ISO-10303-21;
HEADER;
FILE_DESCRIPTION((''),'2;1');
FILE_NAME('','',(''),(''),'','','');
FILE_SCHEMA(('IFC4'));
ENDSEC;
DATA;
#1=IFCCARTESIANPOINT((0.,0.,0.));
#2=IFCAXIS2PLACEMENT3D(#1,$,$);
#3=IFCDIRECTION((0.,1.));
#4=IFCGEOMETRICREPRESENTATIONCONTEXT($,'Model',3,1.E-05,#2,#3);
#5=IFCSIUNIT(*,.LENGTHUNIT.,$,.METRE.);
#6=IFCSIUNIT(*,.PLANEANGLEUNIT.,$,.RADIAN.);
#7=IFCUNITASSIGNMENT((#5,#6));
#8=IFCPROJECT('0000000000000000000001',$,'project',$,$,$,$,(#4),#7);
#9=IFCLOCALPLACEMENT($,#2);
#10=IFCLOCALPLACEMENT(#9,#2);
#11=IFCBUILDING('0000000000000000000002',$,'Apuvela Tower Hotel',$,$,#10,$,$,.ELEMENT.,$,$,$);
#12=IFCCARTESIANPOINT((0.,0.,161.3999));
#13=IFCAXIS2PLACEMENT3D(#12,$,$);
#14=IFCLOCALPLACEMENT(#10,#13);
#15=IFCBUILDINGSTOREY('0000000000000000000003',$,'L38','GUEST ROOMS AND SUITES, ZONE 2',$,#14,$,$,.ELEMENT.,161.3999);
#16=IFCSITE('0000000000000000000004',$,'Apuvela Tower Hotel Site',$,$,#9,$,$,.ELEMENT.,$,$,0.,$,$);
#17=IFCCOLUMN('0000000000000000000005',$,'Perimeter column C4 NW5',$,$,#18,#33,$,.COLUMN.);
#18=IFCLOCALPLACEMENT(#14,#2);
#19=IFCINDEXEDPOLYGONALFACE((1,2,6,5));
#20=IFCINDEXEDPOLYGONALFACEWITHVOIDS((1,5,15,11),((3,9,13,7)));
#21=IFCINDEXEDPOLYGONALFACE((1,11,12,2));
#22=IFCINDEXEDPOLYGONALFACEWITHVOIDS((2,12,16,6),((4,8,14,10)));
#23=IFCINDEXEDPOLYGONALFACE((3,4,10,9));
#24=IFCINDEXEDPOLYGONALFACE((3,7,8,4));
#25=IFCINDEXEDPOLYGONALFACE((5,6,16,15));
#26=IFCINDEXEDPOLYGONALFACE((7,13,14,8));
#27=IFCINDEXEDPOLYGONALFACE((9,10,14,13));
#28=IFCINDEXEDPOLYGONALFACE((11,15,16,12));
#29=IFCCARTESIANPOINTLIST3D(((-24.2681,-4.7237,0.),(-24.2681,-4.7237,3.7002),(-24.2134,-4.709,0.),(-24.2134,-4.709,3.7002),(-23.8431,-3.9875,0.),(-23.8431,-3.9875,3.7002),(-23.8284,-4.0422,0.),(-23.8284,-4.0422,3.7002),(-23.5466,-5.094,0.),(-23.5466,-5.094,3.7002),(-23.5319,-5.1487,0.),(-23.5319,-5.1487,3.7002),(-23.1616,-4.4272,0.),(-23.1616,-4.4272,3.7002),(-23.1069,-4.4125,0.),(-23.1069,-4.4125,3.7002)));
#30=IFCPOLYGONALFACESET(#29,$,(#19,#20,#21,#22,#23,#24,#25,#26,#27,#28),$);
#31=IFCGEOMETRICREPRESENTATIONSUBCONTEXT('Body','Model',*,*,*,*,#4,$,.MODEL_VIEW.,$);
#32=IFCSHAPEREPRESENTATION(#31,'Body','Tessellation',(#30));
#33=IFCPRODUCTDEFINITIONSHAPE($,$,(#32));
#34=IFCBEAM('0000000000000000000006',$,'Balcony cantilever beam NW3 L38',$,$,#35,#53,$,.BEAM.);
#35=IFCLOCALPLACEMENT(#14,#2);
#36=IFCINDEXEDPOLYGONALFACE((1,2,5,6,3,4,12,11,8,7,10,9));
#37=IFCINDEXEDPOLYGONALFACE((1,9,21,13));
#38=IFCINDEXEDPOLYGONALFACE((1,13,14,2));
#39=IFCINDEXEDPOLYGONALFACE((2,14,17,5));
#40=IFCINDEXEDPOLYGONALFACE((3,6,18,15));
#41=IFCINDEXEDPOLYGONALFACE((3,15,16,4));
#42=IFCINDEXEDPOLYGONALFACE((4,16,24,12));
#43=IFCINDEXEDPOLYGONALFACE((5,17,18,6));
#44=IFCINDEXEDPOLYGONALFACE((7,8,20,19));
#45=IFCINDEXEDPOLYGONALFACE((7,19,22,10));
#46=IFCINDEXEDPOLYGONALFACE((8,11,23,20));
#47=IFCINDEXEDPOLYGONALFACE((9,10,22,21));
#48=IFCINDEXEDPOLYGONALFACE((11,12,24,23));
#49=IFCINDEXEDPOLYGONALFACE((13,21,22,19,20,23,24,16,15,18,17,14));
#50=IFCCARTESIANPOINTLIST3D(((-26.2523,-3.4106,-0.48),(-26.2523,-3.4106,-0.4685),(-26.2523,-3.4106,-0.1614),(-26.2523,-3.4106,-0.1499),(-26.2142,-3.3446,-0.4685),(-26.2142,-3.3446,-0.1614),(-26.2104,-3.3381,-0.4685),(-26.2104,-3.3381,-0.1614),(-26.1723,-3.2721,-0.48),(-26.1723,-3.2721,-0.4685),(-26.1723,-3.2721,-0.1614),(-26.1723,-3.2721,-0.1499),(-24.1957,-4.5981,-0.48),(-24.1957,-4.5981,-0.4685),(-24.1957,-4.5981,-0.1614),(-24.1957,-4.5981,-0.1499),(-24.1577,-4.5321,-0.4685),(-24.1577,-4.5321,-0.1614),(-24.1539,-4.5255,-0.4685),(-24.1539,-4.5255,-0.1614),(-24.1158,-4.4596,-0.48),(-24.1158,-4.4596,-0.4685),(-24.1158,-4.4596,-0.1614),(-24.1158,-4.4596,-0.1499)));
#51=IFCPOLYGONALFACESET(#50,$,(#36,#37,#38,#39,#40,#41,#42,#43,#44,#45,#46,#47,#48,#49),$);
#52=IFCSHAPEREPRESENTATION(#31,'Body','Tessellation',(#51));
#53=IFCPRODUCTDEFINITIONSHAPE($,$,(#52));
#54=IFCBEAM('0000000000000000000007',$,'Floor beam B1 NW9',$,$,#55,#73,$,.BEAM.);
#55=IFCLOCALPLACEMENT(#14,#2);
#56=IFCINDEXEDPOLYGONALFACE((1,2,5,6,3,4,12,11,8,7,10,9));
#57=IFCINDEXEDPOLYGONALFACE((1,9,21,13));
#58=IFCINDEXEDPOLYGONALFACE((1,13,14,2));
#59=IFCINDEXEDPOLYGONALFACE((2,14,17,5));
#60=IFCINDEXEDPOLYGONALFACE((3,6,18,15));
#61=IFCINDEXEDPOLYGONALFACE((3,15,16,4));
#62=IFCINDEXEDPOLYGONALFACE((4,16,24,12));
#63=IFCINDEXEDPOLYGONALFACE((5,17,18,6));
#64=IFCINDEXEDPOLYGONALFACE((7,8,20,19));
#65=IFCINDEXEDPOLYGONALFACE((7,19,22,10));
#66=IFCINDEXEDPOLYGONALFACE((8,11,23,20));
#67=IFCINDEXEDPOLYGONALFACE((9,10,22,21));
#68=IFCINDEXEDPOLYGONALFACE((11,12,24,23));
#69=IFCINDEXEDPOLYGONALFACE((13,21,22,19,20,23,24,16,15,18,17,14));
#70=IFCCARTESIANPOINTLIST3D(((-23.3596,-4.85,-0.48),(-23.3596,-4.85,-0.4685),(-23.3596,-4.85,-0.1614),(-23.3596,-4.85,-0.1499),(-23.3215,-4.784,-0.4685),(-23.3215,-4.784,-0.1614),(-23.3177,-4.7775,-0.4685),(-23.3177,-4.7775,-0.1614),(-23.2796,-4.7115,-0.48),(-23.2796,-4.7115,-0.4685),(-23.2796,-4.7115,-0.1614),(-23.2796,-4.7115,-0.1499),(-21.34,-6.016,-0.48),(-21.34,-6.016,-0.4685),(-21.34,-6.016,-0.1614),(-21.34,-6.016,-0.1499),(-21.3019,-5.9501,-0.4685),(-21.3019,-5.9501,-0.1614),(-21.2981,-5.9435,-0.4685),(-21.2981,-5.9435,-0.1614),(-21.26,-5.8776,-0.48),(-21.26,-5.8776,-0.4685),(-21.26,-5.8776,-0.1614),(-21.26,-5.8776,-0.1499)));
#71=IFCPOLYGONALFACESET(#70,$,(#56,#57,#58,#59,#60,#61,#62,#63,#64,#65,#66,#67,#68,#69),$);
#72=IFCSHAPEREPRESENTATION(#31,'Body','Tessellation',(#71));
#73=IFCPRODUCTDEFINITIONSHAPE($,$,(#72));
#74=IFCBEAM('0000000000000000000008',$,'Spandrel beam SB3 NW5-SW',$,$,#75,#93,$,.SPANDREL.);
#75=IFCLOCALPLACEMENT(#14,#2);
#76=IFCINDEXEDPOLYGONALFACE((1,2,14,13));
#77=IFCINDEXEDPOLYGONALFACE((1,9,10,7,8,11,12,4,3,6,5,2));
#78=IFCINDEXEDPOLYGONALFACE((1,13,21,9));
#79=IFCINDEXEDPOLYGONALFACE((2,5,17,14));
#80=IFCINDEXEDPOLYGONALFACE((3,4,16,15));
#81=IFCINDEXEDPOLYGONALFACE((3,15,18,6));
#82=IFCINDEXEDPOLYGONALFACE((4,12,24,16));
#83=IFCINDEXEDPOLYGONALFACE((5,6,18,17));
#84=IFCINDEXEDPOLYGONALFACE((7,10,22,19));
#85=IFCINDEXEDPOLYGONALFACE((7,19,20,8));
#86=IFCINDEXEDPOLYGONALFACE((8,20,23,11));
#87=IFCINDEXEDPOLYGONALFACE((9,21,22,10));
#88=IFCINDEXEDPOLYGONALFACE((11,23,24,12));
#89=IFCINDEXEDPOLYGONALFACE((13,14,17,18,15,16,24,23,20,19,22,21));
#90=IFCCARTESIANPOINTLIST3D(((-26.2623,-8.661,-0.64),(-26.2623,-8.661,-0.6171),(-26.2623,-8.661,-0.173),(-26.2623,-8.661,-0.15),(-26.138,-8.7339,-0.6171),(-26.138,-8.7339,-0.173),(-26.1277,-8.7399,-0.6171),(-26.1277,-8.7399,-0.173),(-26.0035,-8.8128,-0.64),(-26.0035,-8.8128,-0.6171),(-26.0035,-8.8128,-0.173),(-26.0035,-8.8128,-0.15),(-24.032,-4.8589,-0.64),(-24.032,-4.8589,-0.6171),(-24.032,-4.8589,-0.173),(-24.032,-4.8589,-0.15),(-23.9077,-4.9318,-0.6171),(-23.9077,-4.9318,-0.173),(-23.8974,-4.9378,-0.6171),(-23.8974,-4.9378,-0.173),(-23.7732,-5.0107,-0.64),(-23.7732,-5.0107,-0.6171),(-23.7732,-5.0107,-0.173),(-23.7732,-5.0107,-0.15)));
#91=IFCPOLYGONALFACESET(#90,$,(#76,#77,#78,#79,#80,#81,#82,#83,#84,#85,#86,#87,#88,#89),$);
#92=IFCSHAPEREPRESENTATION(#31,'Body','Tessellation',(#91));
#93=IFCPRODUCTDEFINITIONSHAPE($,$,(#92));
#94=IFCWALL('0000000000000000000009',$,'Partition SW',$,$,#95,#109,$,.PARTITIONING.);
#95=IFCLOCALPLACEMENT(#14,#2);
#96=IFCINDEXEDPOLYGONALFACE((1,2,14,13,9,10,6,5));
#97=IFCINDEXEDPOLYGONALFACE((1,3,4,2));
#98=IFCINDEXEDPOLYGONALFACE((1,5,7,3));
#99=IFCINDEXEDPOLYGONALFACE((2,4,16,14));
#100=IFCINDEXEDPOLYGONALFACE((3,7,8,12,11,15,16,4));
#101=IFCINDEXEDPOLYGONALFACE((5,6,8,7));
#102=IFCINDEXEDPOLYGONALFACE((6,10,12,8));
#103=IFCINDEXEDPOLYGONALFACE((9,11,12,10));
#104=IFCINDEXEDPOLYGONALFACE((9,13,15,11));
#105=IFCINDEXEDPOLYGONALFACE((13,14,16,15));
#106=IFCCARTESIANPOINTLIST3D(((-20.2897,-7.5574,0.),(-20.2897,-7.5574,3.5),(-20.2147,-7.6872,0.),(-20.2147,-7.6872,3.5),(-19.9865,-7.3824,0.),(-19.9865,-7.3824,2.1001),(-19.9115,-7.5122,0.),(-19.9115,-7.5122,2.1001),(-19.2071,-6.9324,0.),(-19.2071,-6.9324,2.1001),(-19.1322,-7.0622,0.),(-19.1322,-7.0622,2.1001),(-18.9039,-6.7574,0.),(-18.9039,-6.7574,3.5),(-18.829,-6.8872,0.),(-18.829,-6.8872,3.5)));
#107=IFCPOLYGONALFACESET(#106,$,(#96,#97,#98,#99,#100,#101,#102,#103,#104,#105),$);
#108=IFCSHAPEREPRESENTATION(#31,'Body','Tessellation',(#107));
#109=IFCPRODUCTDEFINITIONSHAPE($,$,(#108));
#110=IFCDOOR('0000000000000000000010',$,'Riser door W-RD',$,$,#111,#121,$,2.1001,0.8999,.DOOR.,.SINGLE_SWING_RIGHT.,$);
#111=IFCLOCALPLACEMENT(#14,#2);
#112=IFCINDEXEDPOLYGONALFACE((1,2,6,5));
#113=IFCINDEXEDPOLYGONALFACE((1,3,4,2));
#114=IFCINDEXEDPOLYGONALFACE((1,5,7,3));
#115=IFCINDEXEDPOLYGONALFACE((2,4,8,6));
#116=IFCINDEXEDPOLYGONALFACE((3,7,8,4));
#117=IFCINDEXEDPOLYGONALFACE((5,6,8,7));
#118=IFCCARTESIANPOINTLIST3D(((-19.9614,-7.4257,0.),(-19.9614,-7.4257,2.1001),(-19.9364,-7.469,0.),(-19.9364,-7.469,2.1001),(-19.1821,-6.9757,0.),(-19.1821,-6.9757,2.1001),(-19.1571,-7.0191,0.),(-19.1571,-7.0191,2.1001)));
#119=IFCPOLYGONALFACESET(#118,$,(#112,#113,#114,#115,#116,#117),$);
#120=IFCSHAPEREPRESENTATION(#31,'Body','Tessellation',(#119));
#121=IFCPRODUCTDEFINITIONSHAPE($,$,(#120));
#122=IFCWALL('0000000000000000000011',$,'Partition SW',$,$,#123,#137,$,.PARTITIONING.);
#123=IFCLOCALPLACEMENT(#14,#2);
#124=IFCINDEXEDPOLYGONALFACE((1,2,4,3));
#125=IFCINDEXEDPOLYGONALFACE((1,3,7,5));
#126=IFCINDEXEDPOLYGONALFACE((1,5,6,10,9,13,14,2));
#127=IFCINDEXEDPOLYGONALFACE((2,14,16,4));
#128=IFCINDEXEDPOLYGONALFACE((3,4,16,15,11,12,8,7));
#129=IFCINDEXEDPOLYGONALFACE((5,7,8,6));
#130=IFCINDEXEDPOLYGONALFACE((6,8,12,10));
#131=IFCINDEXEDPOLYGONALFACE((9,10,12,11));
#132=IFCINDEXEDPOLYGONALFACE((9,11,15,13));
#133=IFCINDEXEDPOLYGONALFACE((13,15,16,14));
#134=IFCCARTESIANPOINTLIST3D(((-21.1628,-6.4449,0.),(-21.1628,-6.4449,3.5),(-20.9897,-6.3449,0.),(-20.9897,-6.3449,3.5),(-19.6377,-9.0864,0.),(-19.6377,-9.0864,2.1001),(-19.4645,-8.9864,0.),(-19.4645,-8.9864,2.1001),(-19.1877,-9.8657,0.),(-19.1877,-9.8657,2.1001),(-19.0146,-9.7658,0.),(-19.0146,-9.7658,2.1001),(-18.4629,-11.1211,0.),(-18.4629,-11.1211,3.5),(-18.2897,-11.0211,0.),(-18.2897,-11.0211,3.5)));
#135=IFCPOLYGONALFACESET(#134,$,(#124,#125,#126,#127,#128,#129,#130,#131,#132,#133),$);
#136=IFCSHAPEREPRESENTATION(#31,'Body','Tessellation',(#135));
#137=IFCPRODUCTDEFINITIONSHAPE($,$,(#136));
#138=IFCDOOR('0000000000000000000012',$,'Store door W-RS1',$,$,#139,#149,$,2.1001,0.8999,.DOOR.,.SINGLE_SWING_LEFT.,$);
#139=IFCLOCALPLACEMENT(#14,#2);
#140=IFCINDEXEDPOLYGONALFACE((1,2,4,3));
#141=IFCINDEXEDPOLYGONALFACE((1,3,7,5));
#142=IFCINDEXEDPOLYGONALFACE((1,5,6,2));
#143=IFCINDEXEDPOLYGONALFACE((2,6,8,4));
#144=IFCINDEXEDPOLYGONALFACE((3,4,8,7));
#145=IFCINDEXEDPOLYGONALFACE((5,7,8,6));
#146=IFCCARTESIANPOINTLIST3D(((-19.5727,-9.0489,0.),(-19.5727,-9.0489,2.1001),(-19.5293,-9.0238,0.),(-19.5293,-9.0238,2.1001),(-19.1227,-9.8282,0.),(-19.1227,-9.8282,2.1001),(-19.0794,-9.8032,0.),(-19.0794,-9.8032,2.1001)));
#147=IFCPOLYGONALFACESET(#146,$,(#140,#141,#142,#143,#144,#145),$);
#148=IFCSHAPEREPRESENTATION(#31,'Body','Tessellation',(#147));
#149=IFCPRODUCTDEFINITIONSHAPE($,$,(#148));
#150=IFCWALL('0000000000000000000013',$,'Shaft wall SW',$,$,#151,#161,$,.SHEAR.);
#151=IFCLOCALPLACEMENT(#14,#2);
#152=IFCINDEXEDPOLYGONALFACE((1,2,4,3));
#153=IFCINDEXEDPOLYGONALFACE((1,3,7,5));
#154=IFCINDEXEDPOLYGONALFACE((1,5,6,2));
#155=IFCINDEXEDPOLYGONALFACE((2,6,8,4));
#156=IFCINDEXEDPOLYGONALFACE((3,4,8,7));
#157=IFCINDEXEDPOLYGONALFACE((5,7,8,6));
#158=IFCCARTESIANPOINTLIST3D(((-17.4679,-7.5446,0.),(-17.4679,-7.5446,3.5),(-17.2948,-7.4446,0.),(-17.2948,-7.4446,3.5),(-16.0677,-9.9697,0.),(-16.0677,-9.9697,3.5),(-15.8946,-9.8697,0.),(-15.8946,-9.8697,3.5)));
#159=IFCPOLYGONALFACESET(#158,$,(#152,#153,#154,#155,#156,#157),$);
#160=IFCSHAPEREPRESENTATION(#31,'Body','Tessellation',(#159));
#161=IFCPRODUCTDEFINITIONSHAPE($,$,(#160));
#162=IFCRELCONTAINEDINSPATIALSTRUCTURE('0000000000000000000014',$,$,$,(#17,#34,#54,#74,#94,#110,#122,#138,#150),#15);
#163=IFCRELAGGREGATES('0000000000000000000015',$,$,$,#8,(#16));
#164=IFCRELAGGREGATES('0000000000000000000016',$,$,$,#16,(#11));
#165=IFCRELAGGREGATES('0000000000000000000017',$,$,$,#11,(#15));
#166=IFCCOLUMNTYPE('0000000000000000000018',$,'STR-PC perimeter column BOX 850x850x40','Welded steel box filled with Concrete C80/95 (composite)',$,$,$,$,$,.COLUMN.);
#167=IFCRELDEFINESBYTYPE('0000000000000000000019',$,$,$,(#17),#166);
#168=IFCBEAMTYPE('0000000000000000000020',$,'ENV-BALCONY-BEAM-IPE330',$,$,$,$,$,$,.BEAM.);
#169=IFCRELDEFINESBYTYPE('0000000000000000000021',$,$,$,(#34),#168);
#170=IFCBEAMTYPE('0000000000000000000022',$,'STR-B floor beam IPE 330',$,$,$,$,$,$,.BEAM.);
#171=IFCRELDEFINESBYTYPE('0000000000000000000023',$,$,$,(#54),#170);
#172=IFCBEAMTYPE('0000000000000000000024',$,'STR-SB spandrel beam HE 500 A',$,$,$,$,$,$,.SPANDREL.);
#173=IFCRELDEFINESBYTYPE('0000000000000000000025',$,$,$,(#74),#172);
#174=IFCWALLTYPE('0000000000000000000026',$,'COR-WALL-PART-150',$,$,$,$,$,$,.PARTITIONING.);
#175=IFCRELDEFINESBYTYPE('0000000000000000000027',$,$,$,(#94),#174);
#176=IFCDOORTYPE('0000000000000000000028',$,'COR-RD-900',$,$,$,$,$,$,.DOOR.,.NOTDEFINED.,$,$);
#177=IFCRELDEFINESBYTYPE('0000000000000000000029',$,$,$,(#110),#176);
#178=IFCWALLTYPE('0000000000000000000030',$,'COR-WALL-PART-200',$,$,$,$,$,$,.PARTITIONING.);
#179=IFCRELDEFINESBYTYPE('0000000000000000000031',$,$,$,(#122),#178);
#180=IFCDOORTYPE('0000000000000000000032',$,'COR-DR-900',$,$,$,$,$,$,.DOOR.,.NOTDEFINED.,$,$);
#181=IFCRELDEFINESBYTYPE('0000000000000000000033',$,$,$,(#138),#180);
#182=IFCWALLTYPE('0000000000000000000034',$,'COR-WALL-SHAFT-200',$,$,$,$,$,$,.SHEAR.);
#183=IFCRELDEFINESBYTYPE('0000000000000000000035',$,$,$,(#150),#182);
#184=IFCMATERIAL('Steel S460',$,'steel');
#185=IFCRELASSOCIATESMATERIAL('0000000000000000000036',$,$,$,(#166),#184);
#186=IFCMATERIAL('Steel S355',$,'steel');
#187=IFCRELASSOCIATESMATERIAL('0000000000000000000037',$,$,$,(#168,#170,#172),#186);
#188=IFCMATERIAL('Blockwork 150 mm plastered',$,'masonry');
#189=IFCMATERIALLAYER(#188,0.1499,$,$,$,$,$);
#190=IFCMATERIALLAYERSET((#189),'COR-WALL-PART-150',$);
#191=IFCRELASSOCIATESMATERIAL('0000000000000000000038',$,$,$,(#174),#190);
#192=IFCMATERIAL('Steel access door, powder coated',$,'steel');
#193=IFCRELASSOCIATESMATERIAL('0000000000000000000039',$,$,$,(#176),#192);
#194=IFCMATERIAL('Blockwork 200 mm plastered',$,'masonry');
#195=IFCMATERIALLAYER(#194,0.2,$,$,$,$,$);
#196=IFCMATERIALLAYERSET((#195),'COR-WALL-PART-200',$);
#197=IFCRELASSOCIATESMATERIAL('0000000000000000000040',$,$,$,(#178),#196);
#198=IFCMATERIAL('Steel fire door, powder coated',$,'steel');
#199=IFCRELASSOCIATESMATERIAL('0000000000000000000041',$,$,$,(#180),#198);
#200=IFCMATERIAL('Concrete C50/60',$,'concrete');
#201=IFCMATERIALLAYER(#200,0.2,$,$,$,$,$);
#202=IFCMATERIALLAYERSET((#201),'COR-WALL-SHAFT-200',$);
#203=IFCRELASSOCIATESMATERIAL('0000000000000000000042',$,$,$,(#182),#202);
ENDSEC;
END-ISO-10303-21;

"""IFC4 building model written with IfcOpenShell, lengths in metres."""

from ifc_helpers import new_model, si_unit, direction, frame, frame_2d, origin, origin_2d, place, context, subcontext, project, spatial, rectangle, hollow_rectangle, i_section, extrude, material, layer, layer_set, material_profile, profile_set, type_object, element, fill, save


model = new_model("IFC4")

# Units and contexts
model_context = context("Model", 3, precision=1e-05, world=origin(), true_north=direction((0.0, 1.0)))
body_context = subcontext(model_context, "Body", "Model", "MODEL_VIEW")
ifc_project = project(units=[si_unit("LENGTHUNIT", "METRE"), si_unit("PLANEANGLEUNIT", "RADIAN")], contexts=[model_context])

# Site, building, storey
site_placement = place(None, origin())
site = spatial("IfcSite", under=ifc_project, at=site_placement, Name="Apuvela Tower Hotel Site", CompositionType="ELEMENT", RefElevation=0.0)
building_placement = place(site_placement, origin())
building = spatial("IfcBuilding", under=site, at=building_placement, Name="Apuvela Tower Hotel", CompositionType="ELEMENT")
storey_placement = place(building_placement, frame((0.0, 0.0, 161.3999)))
storey = spatial("IfcBuildingStorey", under=building, at=storey_placement, Name="L38", Description="GUEST ROOMS AND SUITES, ZONE 2", CompositionType="ELEMENT", Elevation=161.3999)

# Column
ifc_material_1 = material(Name="Steel S460", Category="steel")
ifc_material_profile_1 = material_profile(ifc_material_1, hollow_rectangle(XDim=0.8501, YDim=0.8501, WallThickness=0.04, at=origin_2d()), Name="BOX 850x850x40")
ifc_material_2 = material(Name="Concrete C80/95", Category="concrete")
ifc_material_profile_2 = material_profile(ifc_material_2, rectangle(XDim=0.77, YDim=0.77, at=origin_2d()), Name="Concrete C80/95 infill")
ifc_profile_set_1 = profile_set([ifc_material_profile_1, ifc_material_profile_2], Name="Steel S460")
column_type = type_object("IfcColumnType", Name="STR-PC perimeter column BOX 850x850x40", Description="Welded steel box filled with Concrete C80/95 (composite)", PredefinedType="COLUMN", material=ifc_profile_set_1)
column_placement = place(storey_placement, frame((-23.6875, -4.5681, 0.0), z_axis=(0.0, 0.0, 1.0), x_axis=(0.5, 0.866025, 0.0)))
element("IfcColumn", 1, at=column_placement, inside=storey, type_object=column_type, Name="Perimeter column C4 NW5", PredefinedType="COLUMN", context=body_context, shape_type="SweptSolid", body=[
    extrude(hollow_rectangle(XDim=0.8501, YDim=0.8501, WallThickness=0.04, at=origin_2d()), origin(), (0.0, 0.0, 1.0), 3.7002),
])

# Beams
ifc_material_3 = material(Name="Steel S355", Category="steel")
ifc_material_profile_3 = material_profile(ifc_material_3, i_section(OverallWidth=0.1599, OverallDepth=0.3301, WebThickness=0.0076, FlangeThickness=0.0115, at=origin_2d()), Name="IPE 330")
ifc_profile_set_2 = profile_set([ifc_material_profile_3], Name="Steel S355")
beam_type_1 = type_object("IfcBeamType", Name="ENV-BALCONY-BEAM-IPE330", PredefinedType="BEAM", material=ifc_profile_set_2)
beam_1_placement = place(storey_placement, frame((-24.1558, -4.5288, -0.3149), z_axis=(-0.866008, 0.500031, 0.0), x_axis=(-0.500031, -0.866008, 0.0)))
element("IfcBeam", 2, at=beam_1_placement, inside=storey, type_object=beam_type_1, Name="Balcony cantilever beam NW3 L38", PredefinedType="BEAM", context=body_context, shape_type="SweptSolid", body=[
    extrude(i_section(OverallWidth=0.1599, OverallDepth=0.3301, WebThickness=0.0076, FlangeThickness=0.0115, at=origin_2d()), origin(), (0.0, 0.0, 1.0), 2.3748),
])
ifc_material_profile_4 = material_profile(ifc_material_3, i_section(OverallWidth=0.1599, OverallDepth=0.3301, WebThickness=0.0076, FlangeThickness=0.0115, at=origin_2d()), Name="IPE 330")
ifc_profile_set_3 = profile_set([ifc_material_profile_4], Name="Steel S355")
beam_type_2 = type_object("IfcBeamType", Name="STR-B floor beam IPE 330", PredefinedType="BEAM", material=ifc_profile_set_3)
beam_2_placement = place(storey_placement, frame((-23.3196, -4.7808, -0.3149), z_axis=(0.866018, -0.500012, 0.0), x_axis=(0.500012, 0.866018, 0.0)))
element("IfcBeam", 3, at=beam_2_placement, inside=storey, type_object=beam_type_2, Name="Floor beam B1 NW9", PredefinedType="BEAM", context=body_context, shape_type="SweptSolid", body=[
    extrude(i_section(OverallWidth=0.1599, OverallDepth=0.3301, WebThickness=0.0076, FlangeThickness=0.0115, at=origin_2d()), origin(), (0.0, 0.0, 1.0), 2.332),
])
ifc_material_profile_5 = material_profile(ifc_material_3, i_section(OverallWidth=0.3, OverallDepth=0.49, WebThickness=0.012, FlangeThickness=0.0229, at=origin_2d()), Name="HE 500 A")
ifc_profile_set_4 = profile_set([ifc_material_profile_5], Name="Steel S355")
beam_type_3 = type_object("IfcBeamType", Name="STR-SB spandrel beam HE 500 A", PredefinedType="SPANDREL", material=ifc_profile_set_4)
beam_3_placement = place(storey_placement, frame((-23.9026, -4.9348, -0.395), z_axis=(-0.505967, -0.862553, 0.0), x_axis=(0.862553, -0.505967, 0.0)))
element("IfcBeam", 4, at=beam_3_placement, inside=storey, type_object=beam_type_3, Name="Spandrel beam SB3 NW5-SW", PredefinedType="SPANDREL", context=body_context, shape_type="SweptSolid", body=[
    extrude(i_section(OverallWidth=0.3, OverallDepth=0.49, WebThickness=0.012, FlangeThickness=0.0229, at=origin_2d()), origin(), (0.0, 0.0, 1.0), 4.408),
])

# Walls, openings, doors
ifc_material_4 = material(Name="Blockwork 150 mm plastered", Category="masonry")
ifc_layer_1 = layer(ifc_material_4, 0.1499)
ifc_layer_set_1 = layer_set([ifc_layer_1], Name="COR-WALL-PART-150")
wall_type_1 = type_object("IfcWallType", Name="COR-WALL-PART-150", PredefinedType="PARTITIONING", material=ifc_layer_set_1)
wall_1_placement = place(storey_placement, frame((-18.8665, -6.8223, 0.0), z_axis=(0.0, 0.0, 1.0), x_axis=(-0.866028, -0.499995, 0.0)))
wall_1 = element("IfcWall", 5, at=wall_1_placement, inside=storey, type_object=wall_type_1, Name="Partition SW", PredefinedType="PARTITIONING", context=body_context, shape_type="SweptSolid", body=[
    extrude(rectangle(XDim=1.6001, YDim=0.1499, at=frame_2d((0.8, 0.0))), origin(), (0.0, 0.0, 1.0), 3.5),
])
opening_1_placement = place(wall_1_placement, frame((0.3501, 0.0, 0.0)))
opening_1 = element("IfcOpeningElement", 6, at=opening_1_placement, cuts=wall_1, PredefinedType="OPENING", context=body_context, shape_type="SweptSolid", body=[
    extrude(rectangle(XDim=0.8999, YDim=2.1001, at=frame_2d((0.45, 1.05))), frame((0.0, 0.085, 0.0), z_axis=(0.0, -1.0, 0.0), x_axis=(1.0, 0.0, 0.0)), (0.0, 0.0, 1.0), 0.1699),
])
ifc_material_5 = material(Name="Steel access door, powder coated", Category="steel")
door_type_1 = type_object("IfcDoorType", Name="COR-RD-900", OperationType="NOTDEFINED", PredefinedType="DOOR", material=ifc_material_5)
door_1_placement = place(opening_1_placement, frame((0.8999, 0.0, 0.0), z_axis=(0.0, 0.0, 1.0), x_axis=(-1.0, 0.0, 0.0)))
door_1 = element("IfcDoor", 7, at=door_1_placement, inside=storey, type_object=door_type_1, Name="Riser door W-RD", OperationType="SINGLE_SWING_RIGHT", OverallHeight=2.1001, OverallWidth=0.8999, PredefinedType="DOOR", context=body_context, shape_type="SweptSolid", body=[
    extrude(rectangle(XDim=0.8999, YDim=2.1001, at=frame_2d((0.45, 1.05))), frame((0.0, 0.0249, 0.0), z_axis=(0.0, -1.0, 0.0), x_axis=(1.0, 0.0, 0.0)), (0.0, 0.0, 1.0), 0.05),
])
fill(opening_1, door_1)
ifc_material_6 = material(Name="Blockwork 200 mm plastered", Category="masonry")
ifc_layer_2 = layer(ifc_material_6, 0.2)
ifc_layer_set_2 = layer_set([ifc_layer_2], Name="COR-WALL-PART-200")
wall_type_2 = type_object("IfcWallType", Name="COR-WALL-PART-200", PredefinedType="PARTITIONING", material=ifc_layer_set_2)
wall_2_placement = place(storey_placement, frame((-21.0762, -6.395, 0.0), z_axis=(0.0, 0.0, 1.0), x_axis=(0.500015, -0.866017, 0.0)))
wall_2 = element("IfcWall", 8, at=wall_2_placement, inside=storey, type_object=wall_type_2, Name="Partition SW", PredefinedType="PARTITIONING", context=body_context, shape_type="SweptSolid", body=[
    extrude(rectangle(XDim=5.3997, YDim=0.2, at=frame_2d((2.6997, 0.0))), origin(), (0.0, 0.0, 1.0), 3.5),
])
opening_2_placement = place(wall_2_placement, frame((3.05, 0.0, 0.0)))
opening_2 = element("IfcOpeningElement", 9, at=opening_2_placement, cuts=wall_2, PredefinedType="OPENING", context=body_context, shape_type="SweptSolid", body=[
    extrude(rectangle(XDim=0.8999, YDim=2.1001, at=frame_2d((0.45, 1.05))), frame((0.0, 0.1099, 0.0), z_axis=(0.0, -1.0, 0.0), x_axis=(1.0, 0.0, 0.0)), (0.0, 0.0, 1.0), 0.22),
])
ifc_material_7 = material(Name="Steel fire door, powder coated", Category="steel")
door_type_2 = type_object("IfcDoorType", Name="COR-DR-900", OperationType="NOTDEFINED", PredefinedType="DOOR", material=ifc_material_7)
door_2_placement = place(opening_2_placement, frame((0.8999, 0.0, 0.0), z_axis=(0.0, 0.0, 1.0), x_axis=(-1.0, 0.0, 0.0)))
door_2 = element("IfcDoor", 10, at=door_2_placement, inside=storey, type_object=door_type_2, Name="Store door W-RS1", OperationType="SINGLE_SWING_LEFT", OverallHeight=2.1001, OverallWidth=0.8999, PredefinedType="DOOR", context=body_context, shape_type="SweptSolid", body=[
    extrude(rectangle(XDim=0.8999, YDim=2.1001, at=frame_2d((0.45, 1.05))), frame((0.0, 0.0249, 0.0), z_axis=(0.0, -1.0, 0.0), x_axis=(1.0, 0.0, 0.0)), (0.0, 0.0, 1.0), 0.05),
])
fill(opening_2, door_2)

# Wall
ifc_material_8 = material(Name="Concrete C50/60", Category="concrete")
ifc_layer_3 = layer(ifc_material_8, 0.2)
ifc_layer_set_3 = layer_set([ifc_layer_3], Name="COR-WALL-SHAFT-200")
wall_type_3 = type_object("IfcWallType", Name="COR-WALL-SHAFT-200", PredefinedType="SHEAR", material=ifc_layer_set_3)
wall_3_placement = place(storey_placement, frame((-17.3813, -7.4946, 0.0), z_axis=(0.0, 0.0, 1.0), x_axis=(0.500012, -0.866019, 0.0)))
element("IfcWall", 11, at=wall_3_placement, inside=storey, type_object=wall_type_3, Name="Shaft wall SW", PredefinedType="SHEAR", context=body_context, shape_type="SweptSolid", body=[
    extrude(rectangle(XDim=2.8003, YDim=0.2, at=frame_2d((1.4001, 0.0))), origin(), (0.0, 0.0, 1.0), 3.5),
])

save(model, "model.ifc")
